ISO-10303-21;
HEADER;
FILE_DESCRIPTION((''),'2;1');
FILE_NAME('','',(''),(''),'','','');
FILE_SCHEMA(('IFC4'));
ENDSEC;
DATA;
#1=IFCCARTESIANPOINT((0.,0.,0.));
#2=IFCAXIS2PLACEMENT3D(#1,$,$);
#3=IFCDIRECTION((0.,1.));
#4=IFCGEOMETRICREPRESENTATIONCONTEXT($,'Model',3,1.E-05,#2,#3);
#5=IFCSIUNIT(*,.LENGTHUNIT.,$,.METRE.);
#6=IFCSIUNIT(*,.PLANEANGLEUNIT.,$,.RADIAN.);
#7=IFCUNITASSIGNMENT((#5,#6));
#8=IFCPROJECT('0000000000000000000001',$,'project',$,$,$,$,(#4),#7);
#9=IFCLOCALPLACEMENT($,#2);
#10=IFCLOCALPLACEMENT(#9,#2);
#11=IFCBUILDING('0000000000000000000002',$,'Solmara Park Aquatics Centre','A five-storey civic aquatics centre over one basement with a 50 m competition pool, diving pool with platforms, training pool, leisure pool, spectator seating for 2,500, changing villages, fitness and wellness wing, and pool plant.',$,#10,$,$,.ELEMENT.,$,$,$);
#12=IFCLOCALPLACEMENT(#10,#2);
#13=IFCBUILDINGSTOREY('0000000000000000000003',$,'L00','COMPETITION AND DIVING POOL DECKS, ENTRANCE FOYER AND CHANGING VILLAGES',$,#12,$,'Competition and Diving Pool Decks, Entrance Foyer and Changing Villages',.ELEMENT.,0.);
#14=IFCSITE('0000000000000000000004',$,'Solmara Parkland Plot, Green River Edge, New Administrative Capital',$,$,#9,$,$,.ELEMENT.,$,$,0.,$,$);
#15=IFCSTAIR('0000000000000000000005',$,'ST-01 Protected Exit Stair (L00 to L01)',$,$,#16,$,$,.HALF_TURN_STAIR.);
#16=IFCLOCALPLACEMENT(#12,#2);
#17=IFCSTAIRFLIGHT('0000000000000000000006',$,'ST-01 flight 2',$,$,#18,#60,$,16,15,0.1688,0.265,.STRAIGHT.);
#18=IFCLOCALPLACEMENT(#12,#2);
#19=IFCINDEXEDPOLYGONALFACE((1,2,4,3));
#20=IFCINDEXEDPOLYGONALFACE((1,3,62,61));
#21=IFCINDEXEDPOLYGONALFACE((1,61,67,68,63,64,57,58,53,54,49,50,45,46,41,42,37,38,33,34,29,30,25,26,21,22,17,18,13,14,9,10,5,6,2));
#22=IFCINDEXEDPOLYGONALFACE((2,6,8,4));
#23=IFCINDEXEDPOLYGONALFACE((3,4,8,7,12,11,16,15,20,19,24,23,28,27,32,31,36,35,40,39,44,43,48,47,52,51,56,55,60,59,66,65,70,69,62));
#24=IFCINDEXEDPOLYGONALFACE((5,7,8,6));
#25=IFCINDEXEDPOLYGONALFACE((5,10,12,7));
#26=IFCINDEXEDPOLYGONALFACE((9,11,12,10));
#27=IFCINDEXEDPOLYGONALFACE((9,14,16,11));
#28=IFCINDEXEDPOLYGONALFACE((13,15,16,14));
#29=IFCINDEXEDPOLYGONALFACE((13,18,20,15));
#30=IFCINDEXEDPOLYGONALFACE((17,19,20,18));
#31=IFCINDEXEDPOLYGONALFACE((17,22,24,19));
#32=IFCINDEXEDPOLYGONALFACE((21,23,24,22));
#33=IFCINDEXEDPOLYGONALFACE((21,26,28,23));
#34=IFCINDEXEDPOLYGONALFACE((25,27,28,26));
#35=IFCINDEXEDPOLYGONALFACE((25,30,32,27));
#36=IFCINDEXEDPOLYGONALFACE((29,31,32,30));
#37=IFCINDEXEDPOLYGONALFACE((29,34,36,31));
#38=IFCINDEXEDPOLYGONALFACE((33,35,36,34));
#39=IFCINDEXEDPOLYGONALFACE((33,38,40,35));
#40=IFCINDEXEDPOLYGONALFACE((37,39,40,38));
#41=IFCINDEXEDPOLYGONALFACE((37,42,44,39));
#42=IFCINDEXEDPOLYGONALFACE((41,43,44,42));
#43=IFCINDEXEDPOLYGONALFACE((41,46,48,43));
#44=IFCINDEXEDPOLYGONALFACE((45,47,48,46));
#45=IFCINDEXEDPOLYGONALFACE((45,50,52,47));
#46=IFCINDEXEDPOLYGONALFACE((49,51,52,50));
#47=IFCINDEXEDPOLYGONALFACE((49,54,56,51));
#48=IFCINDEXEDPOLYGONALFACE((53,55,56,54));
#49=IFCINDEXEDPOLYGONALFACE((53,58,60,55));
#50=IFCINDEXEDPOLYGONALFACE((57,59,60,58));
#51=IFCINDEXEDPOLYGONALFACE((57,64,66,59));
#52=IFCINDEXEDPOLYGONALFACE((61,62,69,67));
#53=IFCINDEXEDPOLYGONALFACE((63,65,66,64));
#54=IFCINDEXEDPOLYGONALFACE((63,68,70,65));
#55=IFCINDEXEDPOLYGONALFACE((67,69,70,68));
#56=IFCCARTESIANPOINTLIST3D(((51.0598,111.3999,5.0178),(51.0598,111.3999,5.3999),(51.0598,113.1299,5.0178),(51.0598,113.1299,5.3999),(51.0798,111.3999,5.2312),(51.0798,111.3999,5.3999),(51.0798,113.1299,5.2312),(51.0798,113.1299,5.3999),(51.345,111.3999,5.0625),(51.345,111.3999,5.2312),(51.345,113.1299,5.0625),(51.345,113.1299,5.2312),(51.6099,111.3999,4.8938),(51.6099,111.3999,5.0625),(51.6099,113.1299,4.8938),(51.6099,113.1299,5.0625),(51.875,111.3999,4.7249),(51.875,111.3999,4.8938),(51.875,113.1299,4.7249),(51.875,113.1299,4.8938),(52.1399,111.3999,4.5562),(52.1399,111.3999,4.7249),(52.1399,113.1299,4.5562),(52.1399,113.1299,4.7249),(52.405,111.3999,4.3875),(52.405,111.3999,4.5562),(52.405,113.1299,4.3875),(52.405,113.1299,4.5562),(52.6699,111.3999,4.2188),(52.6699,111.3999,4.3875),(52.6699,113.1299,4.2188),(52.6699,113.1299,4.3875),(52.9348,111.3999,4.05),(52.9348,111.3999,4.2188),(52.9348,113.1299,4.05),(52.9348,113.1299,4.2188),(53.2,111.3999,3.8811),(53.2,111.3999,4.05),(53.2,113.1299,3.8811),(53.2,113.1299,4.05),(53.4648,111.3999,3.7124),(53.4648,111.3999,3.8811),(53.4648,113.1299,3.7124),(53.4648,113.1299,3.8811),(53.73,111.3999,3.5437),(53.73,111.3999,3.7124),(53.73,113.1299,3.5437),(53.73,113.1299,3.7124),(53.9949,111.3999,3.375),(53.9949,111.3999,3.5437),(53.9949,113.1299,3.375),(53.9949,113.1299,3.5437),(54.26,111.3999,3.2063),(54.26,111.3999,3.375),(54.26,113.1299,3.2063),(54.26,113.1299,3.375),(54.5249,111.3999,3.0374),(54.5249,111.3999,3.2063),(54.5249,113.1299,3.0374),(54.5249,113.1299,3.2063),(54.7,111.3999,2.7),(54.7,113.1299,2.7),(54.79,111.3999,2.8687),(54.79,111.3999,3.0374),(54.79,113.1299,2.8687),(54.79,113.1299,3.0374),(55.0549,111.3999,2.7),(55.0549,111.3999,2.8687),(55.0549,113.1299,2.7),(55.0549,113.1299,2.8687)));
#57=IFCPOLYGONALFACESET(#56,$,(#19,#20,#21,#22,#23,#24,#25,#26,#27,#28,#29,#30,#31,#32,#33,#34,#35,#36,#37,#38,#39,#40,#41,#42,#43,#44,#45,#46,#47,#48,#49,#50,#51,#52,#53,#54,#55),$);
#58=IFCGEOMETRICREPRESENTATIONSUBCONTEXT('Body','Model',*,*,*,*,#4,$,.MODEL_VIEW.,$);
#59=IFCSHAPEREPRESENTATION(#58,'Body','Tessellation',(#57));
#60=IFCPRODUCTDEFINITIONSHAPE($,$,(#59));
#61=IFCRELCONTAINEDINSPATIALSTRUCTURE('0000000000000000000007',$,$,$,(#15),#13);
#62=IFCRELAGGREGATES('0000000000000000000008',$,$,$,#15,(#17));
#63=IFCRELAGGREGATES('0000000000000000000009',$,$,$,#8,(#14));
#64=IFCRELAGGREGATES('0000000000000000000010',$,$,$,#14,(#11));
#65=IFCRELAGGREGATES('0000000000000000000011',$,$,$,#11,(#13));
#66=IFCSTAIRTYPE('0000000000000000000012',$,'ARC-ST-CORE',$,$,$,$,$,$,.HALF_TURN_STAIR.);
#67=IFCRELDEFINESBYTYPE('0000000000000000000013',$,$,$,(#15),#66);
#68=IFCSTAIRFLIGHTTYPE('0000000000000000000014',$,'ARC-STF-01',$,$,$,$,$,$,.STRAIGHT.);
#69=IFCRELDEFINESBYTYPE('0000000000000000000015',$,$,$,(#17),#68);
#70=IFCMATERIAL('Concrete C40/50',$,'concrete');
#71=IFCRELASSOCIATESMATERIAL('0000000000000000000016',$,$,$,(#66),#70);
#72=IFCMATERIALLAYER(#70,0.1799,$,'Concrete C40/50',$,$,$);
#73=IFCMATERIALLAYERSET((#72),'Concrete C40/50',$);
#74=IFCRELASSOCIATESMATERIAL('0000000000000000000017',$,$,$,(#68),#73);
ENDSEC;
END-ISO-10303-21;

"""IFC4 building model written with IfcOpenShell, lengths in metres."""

from ifc_helpers import new_model, si_unit, direction, frame, origin, place, context, subcontext, project, spatial, polyline, outline, extrude, material, layer, layer_set, type_object, element, aggregate, save


model = new_model("IFC4")

# Units and contexts
model_context = context("Model", 3, precision=1e-05, world=origin(), true_north=direction((0.0, 1.0)))
body_context = subcontext(model_context, "Body", "Model", "MODEL_VIEW")
ifc_project = project(units=[si_unit("LENGTHUNIT", "METRE"), si_unit("PLANEANGLEUNIT", "RADIAN")], contexts=[model_context])

# Site, building, storey
site_placement = place(None, origin())
site = spatial("IfcSite", under=ifc_project, at=site_placement, Name="Solmara Parkland Plot, Green River Edge, New Administrative Capital", CompositionType="ELEMENT", RefElevation=0.0)
building_placement = place(site_placement, origin())
building = spatial("IfcBuilding", under=site, at=building_placement, Name="Solmara Park Aquatics Centre", Description="A five-storey civic aquatics centre over one basement with a 50 m competition pool, diving pool with platforms, training pool, leisure pool, spectator seating for 2,500, changing villages, fitness and wellness wing, and pool plant.", CompositionType="ELEMENT")
storey_placement = place(building_placement, origin())
storey = spatial("IfcBuildingStorey", under=building, at=storey_placement, Name="L00", Description="COMPETITION AND DIVING POOL DECKS, ENTRANCE FOYER AND CHANGING VILLAGES", LongName="Competition and Diving Pool Decks, Entrance Foyer and Changing Villages", CompositionType="ELEMENT", Elevation=0.0)

# Shared definitions
ifc_material_1 = material(Name="Concrete C40/50", Category="concrete")

# Stair, stair flight
stair_type = type_object("IfcStairType", Name="ARC-ST-CORE", PredefinedType="HALF_TURN_STAIR", material=ifc_material_1)
stair_placement = place(storey_placement, origin())
stair = element("IfcStair", 1, at=stair_placement, inside=storey, type_object=stair_type, Name="ST-01 Protected Exit Stair (L00 to L01)", PredefinedType="HALF_TURN_STAIR")
ifc_layer_1 = layer(ifc_material_1, 0.1799, Name="Concrete C40/50")
ifc_layer_set_1 = layer_set([ifc_layer_1], Name="Concrete C40/50")
stair_flight_type = type_object("IfcStairFlightType", Name="ARC-STF-01", PredefinedType="STRAIGHT", material=ifc_layer_set_1)
stair_flight_1_placement = place(storey_placement, frame((55.0549, 112.2649, 2.7), z_axis=(0.0, 0.0, 1.0), x_axis=(-1.0, 0.0, 0.0)))
stair_flight_1 = element("IfcStairFlight", 2, at=stair_flight_1_placement, type_object=stair_flight_type, Name="ST-01 flight 2", NumberOfRisers=16, NumberOfTreads=15, PredefinedType="STRAIGHT", RiserHeight=0.1688, TreadLength=0.265, context=body_context, shape_type="SweptSolid", body=[
    extrude(outline(polyline([(0.0, 0.0), (0.0, 0.1687), (0.2649, 0.1687), (0.2649, 0.3374), (0.53, 0.3374), (0.53, 0.5063), (0.7949, 0.5063), (0.7949, 0.675), (1.0601, 0.675), (1.0601, 0.8438), (1.325, 0.8438), (1.325, 1.0125), (1.5901, 1.0125), (1.5901, 1.1812), (1.855, 1.1812), (1.855, 1.3501), (2.1201, 1.3501), (2.1201, 1.5188), (2.385, 1.5188), (2.385, 1.6875), (2.6499, 1.6875), (2.6499, 1.8562), (2.915, 1.8562), (2.915, 2.0249), (3.1799, 2.0249), (3.1799, 2.1938), (3.4451, 2.1938), (3.4451, 2.3625), (3.71, 2.3625), (3.71, 2.5312), (3.9751, 2.5312), (3.9751, 2.7), (3.9951, 2.7), (3.9951, 2.3179), (0.355, 0.0), (0.0, 0.0)])), frame((0.0, 0.865, 0.0), z_axis=(0.0, -1.0, 0.0), x_axis=(1.0, 0.0, 0.0)), (0.0, 0.0, 1.0), 1.73),
])
aggregate(stair, [stair_flight_1])

save(model, "model.ifc")
